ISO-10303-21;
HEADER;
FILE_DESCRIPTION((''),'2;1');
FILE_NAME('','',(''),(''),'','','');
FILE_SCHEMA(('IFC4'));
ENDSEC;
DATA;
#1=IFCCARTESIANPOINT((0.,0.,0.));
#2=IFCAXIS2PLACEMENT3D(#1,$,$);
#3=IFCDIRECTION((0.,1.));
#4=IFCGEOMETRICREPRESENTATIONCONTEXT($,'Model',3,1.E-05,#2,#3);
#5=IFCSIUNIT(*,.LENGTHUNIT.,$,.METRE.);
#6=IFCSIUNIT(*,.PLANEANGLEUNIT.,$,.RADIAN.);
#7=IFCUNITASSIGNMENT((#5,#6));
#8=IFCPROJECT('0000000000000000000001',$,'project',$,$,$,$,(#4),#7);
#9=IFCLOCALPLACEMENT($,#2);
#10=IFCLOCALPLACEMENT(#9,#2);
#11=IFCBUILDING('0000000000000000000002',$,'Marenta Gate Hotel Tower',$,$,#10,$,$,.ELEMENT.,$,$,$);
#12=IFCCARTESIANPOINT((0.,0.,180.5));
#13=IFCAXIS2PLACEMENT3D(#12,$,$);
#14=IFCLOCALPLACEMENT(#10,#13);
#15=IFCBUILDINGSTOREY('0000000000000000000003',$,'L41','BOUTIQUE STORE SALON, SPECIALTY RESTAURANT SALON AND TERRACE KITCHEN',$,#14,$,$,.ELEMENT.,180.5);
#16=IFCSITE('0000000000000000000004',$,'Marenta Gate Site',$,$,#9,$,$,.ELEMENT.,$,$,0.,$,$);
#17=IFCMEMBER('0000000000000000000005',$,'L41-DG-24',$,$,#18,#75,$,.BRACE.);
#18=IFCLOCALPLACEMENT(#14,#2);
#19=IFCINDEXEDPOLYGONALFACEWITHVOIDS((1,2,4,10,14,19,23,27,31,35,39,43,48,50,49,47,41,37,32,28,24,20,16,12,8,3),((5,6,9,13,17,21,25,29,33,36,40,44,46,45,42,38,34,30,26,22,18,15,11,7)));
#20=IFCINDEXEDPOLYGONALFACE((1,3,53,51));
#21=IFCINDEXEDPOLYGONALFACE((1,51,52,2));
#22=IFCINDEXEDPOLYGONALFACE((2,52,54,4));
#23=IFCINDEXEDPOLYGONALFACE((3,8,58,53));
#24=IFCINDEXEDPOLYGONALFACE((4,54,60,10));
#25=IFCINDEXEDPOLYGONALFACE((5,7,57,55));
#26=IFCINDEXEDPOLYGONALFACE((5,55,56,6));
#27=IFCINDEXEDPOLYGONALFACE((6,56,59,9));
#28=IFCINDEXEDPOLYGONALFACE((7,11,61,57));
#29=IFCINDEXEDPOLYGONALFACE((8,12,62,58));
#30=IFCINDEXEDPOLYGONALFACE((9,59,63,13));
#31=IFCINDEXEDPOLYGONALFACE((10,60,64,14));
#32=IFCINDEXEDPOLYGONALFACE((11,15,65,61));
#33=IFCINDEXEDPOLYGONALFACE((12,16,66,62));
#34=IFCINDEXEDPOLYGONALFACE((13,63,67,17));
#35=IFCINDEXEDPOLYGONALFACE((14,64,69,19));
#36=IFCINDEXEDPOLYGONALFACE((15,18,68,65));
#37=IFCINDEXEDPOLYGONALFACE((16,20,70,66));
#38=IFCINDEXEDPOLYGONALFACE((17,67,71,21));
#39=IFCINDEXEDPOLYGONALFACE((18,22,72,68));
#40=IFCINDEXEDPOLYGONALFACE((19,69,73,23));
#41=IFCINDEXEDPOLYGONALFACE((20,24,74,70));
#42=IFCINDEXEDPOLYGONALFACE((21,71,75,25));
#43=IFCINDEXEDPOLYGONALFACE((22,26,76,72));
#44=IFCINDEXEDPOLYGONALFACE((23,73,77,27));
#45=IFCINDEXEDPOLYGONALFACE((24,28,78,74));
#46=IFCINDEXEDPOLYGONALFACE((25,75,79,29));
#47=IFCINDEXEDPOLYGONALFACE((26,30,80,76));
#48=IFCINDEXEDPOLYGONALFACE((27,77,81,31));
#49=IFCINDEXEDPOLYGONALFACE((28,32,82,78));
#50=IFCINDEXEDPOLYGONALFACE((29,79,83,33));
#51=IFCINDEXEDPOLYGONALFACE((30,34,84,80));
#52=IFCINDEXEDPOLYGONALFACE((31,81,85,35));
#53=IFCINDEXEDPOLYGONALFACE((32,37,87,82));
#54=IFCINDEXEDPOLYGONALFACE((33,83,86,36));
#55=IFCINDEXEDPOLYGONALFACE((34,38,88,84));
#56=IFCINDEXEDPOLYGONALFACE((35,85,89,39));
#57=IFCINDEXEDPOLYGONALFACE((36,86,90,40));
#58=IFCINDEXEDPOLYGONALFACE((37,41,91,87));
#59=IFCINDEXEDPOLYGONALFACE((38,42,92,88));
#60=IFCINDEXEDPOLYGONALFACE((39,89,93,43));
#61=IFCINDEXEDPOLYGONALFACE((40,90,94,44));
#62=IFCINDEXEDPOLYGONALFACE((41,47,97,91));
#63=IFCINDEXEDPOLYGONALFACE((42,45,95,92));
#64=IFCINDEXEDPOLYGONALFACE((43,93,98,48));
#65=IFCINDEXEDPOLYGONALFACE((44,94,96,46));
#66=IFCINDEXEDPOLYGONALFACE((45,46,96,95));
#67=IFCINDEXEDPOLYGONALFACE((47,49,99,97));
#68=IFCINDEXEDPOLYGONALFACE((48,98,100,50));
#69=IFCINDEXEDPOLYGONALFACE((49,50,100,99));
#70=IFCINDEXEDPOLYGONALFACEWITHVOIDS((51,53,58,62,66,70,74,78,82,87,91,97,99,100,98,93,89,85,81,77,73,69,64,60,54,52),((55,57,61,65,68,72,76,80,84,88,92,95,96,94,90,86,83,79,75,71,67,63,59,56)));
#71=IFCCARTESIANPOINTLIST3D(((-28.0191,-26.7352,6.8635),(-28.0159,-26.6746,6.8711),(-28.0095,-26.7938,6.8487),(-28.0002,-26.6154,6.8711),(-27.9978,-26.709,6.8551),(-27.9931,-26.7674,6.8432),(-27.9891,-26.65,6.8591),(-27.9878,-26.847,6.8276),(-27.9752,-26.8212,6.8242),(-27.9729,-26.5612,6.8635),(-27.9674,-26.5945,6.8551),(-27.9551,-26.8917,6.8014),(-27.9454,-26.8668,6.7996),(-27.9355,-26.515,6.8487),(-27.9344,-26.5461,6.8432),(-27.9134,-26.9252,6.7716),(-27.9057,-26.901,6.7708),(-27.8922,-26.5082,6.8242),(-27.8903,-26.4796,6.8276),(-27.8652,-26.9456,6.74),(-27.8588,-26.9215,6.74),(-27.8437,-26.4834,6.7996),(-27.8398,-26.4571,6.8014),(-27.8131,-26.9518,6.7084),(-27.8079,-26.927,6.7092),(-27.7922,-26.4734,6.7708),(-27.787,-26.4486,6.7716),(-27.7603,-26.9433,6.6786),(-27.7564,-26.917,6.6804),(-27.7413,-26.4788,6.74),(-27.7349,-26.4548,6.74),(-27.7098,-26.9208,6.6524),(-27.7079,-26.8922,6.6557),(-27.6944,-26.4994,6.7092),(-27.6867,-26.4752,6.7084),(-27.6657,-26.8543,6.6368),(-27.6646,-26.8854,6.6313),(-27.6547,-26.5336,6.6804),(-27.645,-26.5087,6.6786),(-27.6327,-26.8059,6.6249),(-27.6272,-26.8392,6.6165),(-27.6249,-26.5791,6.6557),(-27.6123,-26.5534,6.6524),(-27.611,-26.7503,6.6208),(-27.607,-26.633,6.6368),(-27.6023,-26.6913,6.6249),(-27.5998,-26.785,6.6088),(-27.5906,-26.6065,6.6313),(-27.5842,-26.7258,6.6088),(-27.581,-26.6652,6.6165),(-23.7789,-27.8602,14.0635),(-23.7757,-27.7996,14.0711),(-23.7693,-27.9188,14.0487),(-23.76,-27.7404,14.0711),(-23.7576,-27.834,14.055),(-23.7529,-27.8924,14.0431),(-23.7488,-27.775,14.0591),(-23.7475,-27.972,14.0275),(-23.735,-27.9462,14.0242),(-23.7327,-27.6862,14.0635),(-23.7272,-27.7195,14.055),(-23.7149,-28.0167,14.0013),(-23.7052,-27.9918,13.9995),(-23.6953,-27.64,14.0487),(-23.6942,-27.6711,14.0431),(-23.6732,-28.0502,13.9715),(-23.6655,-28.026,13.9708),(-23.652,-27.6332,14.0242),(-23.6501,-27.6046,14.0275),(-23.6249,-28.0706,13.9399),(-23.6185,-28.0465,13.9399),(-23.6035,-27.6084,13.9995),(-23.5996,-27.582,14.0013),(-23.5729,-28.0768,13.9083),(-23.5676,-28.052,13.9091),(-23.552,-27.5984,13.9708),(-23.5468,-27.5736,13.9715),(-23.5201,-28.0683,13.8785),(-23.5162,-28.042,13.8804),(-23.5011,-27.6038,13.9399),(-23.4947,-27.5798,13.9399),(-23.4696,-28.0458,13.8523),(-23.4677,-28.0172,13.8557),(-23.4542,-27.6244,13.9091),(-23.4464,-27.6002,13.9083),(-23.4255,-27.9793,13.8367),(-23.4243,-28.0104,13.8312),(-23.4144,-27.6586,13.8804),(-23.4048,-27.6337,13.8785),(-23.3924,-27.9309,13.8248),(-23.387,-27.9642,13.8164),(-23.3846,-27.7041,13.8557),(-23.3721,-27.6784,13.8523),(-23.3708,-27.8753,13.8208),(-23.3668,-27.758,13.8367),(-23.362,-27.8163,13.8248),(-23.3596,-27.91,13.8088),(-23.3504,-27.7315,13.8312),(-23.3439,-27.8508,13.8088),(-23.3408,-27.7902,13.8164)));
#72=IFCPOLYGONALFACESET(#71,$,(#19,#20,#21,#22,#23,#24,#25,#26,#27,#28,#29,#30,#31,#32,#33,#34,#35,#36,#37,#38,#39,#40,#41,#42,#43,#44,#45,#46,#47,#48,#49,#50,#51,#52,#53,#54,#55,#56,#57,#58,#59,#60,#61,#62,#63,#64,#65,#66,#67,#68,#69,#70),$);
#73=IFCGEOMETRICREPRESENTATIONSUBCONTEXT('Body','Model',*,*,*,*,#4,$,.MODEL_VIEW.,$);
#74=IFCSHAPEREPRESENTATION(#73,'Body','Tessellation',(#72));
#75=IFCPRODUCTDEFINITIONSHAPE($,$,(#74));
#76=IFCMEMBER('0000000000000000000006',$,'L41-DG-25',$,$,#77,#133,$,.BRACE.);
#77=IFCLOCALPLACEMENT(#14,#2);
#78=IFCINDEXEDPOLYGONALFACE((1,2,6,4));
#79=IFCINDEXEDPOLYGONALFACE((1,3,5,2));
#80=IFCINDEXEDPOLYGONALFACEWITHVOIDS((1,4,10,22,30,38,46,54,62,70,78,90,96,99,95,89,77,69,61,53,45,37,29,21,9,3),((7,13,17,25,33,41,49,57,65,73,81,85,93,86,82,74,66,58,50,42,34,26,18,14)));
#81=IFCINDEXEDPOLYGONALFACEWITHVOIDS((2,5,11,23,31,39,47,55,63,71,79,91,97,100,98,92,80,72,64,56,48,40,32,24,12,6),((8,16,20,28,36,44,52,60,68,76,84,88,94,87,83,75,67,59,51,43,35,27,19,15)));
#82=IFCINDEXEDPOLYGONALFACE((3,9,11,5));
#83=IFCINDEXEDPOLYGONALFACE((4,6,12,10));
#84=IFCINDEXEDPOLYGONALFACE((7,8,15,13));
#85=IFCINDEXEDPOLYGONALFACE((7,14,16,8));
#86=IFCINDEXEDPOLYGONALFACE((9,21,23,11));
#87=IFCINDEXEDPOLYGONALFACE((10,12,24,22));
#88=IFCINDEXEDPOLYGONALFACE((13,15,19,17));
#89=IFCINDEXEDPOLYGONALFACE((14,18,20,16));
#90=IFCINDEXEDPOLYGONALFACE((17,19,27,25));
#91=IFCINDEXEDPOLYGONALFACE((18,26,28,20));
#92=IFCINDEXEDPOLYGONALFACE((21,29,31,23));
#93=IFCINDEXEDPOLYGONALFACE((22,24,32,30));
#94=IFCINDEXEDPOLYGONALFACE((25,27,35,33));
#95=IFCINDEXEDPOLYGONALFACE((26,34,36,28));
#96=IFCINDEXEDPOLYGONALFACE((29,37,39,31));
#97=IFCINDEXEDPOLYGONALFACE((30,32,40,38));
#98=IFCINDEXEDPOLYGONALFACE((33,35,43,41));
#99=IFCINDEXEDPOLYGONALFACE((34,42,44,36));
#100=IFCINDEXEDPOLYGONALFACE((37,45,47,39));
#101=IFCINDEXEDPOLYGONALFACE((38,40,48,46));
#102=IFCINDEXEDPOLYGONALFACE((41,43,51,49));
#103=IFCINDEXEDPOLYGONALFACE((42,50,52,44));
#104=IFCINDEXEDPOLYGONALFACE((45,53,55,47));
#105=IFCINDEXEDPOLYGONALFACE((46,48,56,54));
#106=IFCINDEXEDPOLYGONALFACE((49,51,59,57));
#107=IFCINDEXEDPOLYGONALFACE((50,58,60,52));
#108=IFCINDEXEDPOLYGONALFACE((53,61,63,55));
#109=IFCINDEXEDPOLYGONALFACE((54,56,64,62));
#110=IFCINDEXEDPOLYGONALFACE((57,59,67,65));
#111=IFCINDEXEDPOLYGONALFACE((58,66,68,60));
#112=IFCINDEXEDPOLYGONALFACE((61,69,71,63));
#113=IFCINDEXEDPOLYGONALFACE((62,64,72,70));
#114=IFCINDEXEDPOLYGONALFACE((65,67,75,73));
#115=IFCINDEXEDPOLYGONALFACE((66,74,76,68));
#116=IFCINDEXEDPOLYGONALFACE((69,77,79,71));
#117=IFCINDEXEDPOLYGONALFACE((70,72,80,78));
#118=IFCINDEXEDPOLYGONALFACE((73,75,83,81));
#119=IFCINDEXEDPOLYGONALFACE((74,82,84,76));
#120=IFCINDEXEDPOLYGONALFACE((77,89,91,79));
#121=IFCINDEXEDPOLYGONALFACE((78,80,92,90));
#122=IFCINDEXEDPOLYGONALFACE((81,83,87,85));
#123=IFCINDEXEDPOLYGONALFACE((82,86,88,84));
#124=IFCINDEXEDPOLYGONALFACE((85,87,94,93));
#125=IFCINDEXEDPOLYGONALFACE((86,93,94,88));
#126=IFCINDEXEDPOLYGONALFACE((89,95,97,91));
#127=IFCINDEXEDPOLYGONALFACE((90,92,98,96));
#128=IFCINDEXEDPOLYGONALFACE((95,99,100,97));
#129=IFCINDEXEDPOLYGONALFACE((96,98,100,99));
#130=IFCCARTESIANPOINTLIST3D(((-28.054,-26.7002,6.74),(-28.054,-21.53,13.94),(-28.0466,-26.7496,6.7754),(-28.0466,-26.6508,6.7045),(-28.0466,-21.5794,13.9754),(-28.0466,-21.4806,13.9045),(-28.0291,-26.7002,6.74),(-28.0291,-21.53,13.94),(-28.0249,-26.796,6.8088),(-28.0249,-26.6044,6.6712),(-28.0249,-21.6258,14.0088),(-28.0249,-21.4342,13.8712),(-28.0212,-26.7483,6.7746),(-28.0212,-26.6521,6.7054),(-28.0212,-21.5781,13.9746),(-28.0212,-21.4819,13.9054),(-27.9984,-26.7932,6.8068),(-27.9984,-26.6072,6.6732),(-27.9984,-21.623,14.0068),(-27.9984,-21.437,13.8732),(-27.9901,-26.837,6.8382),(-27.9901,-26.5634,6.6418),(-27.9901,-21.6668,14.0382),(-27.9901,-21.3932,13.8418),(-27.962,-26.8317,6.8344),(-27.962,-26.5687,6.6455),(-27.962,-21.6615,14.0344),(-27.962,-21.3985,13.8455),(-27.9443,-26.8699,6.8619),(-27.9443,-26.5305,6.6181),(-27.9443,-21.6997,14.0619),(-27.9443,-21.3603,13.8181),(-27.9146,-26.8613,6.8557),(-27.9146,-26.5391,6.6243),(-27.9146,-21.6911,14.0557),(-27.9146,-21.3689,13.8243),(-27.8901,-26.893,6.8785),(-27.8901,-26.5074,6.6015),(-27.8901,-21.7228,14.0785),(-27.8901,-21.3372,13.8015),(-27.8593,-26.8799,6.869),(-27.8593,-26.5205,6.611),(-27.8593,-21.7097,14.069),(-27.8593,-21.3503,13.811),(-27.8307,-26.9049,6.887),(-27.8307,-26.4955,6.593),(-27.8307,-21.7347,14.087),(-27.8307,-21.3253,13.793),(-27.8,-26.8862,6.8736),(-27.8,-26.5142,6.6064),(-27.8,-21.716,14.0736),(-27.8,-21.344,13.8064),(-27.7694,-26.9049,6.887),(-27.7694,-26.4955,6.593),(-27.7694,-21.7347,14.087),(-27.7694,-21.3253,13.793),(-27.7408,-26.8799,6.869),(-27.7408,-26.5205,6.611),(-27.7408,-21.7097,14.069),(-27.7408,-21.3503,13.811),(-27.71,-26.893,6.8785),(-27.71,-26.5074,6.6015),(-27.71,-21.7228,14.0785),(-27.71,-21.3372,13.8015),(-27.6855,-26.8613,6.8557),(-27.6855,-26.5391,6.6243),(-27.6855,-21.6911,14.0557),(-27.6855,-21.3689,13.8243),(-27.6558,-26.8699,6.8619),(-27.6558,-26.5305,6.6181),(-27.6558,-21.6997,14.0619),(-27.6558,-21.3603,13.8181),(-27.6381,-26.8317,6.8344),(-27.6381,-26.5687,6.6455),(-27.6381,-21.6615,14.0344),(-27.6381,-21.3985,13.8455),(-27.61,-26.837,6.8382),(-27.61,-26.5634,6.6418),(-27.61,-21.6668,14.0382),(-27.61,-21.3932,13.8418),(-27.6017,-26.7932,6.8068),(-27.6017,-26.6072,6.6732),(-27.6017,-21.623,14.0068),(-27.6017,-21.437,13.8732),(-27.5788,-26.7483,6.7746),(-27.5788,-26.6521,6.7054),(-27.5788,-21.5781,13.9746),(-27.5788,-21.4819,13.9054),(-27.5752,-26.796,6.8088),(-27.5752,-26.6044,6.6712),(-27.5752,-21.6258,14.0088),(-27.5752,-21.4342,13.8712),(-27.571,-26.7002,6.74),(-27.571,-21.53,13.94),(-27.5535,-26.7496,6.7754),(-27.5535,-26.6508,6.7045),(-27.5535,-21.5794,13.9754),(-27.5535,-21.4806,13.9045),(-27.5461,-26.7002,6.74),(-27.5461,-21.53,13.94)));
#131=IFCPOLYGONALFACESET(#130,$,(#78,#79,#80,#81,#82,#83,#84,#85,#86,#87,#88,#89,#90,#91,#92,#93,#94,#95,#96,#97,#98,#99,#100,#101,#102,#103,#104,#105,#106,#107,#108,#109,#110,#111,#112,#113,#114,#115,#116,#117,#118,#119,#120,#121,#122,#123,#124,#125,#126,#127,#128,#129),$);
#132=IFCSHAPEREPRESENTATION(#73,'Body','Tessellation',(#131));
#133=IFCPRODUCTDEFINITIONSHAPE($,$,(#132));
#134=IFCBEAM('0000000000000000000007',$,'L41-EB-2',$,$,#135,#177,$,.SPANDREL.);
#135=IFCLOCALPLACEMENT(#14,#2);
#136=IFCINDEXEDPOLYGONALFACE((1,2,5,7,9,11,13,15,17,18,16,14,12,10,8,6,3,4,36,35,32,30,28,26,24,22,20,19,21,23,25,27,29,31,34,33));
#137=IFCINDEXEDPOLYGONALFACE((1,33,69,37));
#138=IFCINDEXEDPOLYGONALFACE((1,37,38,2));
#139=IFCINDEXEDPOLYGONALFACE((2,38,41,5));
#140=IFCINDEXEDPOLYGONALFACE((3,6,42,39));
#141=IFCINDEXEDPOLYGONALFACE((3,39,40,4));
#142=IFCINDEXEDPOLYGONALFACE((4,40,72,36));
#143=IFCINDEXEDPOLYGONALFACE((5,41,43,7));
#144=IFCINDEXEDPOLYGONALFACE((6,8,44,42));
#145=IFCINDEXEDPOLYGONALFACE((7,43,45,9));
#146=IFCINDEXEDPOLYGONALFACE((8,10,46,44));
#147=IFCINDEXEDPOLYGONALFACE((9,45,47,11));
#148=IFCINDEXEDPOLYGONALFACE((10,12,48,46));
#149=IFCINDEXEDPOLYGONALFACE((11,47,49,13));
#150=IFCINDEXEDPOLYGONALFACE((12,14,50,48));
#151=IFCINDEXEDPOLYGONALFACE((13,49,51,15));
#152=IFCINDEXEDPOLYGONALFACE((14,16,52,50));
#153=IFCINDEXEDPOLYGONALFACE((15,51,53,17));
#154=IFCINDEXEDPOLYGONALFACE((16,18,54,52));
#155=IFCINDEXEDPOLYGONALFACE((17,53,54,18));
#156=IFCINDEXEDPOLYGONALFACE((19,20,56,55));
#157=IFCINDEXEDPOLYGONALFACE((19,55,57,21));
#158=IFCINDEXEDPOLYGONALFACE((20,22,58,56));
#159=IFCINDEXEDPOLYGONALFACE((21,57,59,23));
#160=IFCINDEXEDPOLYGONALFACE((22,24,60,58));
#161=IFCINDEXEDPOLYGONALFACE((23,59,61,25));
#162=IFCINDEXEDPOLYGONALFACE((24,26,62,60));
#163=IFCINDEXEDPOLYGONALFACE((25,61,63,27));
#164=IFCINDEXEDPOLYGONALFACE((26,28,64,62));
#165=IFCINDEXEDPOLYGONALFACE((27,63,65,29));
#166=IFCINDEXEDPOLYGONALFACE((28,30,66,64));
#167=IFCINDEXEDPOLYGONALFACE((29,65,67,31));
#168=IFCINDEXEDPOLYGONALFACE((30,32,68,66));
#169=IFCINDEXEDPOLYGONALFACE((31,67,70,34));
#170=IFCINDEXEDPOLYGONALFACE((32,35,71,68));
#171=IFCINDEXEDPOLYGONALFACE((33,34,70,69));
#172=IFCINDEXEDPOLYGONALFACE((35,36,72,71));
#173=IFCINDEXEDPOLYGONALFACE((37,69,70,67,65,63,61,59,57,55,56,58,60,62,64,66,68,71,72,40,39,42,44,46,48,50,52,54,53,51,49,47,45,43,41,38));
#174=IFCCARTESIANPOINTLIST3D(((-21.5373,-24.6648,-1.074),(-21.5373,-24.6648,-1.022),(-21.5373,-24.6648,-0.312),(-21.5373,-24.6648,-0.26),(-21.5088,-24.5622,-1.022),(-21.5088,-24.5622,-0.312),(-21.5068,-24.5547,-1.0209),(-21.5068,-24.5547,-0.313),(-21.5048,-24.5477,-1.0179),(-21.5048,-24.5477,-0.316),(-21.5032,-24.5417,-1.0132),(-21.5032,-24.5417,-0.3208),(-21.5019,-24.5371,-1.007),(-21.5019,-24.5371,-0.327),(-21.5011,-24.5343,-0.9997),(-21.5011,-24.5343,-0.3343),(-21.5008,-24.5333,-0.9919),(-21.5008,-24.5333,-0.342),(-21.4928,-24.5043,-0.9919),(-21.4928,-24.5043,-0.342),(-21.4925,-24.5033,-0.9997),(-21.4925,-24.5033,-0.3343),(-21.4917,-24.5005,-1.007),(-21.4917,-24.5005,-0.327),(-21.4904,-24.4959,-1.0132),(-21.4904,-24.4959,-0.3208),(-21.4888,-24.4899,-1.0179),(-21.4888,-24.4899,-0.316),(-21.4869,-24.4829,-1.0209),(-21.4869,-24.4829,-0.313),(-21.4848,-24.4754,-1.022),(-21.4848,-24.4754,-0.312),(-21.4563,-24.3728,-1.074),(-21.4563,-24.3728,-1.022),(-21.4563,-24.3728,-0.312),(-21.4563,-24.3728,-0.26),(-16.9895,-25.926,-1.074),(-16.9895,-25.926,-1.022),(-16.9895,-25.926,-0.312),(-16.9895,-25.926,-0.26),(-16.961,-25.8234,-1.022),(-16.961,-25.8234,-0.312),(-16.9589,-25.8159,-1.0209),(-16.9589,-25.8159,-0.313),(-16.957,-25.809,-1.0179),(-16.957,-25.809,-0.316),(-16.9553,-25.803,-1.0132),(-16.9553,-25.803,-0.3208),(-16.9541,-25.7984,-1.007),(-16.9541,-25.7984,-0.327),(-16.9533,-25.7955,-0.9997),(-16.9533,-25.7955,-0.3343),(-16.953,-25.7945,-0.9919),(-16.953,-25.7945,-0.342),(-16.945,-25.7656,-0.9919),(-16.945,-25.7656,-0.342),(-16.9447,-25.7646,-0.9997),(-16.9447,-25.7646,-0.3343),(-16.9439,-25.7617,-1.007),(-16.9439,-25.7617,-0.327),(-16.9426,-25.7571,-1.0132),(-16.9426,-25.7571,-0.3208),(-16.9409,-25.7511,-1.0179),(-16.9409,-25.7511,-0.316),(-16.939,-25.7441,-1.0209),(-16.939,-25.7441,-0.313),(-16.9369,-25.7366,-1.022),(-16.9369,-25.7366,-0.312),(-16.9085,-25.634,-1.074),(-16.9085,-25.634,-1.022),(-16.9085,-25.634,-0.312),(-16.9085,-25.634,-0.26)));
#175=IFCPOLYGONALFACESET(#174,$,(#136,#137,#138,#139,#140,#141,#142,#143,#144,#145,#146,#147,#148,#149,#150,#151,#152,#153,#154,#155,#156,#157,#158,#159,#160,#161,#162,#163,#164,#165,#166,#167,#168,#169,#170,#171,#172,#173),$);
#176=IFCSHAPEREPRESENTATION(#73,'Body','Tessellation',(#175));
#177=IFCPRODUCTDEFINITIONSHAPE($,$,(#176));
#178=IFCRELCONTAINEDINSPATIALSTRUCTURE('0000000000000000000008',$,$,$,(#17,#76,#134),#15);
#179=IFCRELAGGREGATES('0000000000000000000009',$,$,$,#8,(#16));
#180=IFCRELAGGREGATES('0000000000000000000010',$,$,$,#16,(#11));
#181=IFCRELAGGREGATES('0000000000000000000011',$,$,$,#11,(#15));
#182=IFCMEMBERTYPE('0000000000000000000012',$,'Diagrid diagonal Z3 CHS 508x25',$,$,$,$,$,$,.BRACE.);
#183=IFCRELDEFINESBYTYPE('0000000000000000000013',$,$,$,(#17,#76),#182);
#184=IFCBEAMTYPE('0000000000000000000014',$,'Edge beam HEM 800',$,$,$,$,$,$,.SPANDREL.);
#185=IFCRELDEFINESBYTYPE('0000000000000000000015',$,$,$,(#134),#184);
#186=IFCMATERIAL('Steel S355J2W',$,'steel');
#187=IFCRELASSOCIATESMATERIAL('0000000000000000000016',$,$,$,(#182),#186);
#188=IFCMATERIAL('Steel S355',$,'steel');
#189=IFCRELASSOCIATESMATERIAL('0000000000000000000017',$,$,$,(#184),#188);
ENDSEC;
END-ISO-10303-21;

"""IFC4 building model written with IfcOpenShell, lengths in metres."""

from ifc_helpers import new_model, si_unit, direction, frame, origin, origin_2d, place, context, subcontext, project, spatial, hollow_circle, i_section, extrude, material, material_profile, profile_set, type_object, element, save


model = new_model("IFC4")

# Units and contexts
model_context = context("Model", 3, precision=1e-05, world=origin(), true_north=direction((0.0, 1.0)))
body_context = subcontext(model_context, "Body", "Model", "MODEL_VIEW")
ifc_project = project(units=[si_unit("LENGTHUNIT", "METRE"), si_unit("PLANEANGLEUNIT", "RADIAN")], contexts=[model_context])

# Site, building, storey
site_placement = place(None, origin())
site = spatial("IfcSite", under=ifc_project, at=site_placement, Name="Marenta Gate Site", CompositionType="ELEMENT", RefElevation=0.0)
building_placement = place(site_placement, origin())
building = spatial("IfcBuilding", under=site, at=building_placement, Name="Marenta Gate Hotel Tower", CompositionType="ELEMENT")
storey_placement = place(building_placement, frame((0.0, 0.0, 180.5)))
storey = spatial("IfcBuildingStorey", under=building, at=storey_placement, Name="L41", Description="BOUTIQUE STORE SALON, SPECIALTY RESTAURANT SALON AND TERRACE KITCHEN", CompositionType="ELEMENT", Elevation=180.5)

# Members
ifc_material_1 = material(Name="Steel S355J2W", Category="steel")
ifc_material_profile_1 = material_profile(ifc_material_1, hollow_circle(Radius=0.2539, WallThickness=0.0249, at=origin_2d()), Name="CHS 508x25")
ifc_profile_set_1 = profile_set([ifc_material_profile_1], Name="Steel S355J2W")
member_type_1 = type_object("IfcMemberType", Name="Diagrid diagonal Z3 CHS 508x25", PredefinedType="BRACE", material=ifc_profile_set_1)
for number, where, z_axis, x_axis, name in (
    (1, (-27.8, -26.7002, 6.74), (0.502924, -0.133434, 0.853969), (0.256443, 0.966559, 0.0), "L41-DG-24"),
):
    element("IfcMember", number, at=place(storey_placement, frame(where, z_axis=z_axis, x_axis=x_axis)), inside=storey, type_object=member_type_1, Name=name, PredefinedType="BRACE", context=body_context, shape_type="SweptSolid", body=[
        extrude(hollow_circle(Radius=0.2539, WallThickness=0.0249, at=origin_2d()), origin(), (0.0, 0.0, 1.0), 8.4312),
    ])
member_1_placement = place(storey_placement, frame((-27.8, -26.7002, 6.74), z_axis=(0.0, 0.583279, 0.812272), x_axis=(-1.0, 0.0, 0.0)))
element("IfcMember", 2, at=member_1_placement, inside=storey, type_object=member_type_1, Name="L41-DG-25", PredefinedType="BRACE", context=body_context, shape_type="SweptSolid", body=[
    extrude(hollow_circle(Radius=0.2539, WallThickness=0.0249, at=origin_2d()), origin(), (0.0, 0.0, 1.0), 8.864),
])

# Beam
ifc_material_2 = material(Name="Steel S355", Category="steel")
ifc_material_profile_2 = material_profile(ifc_material_2, i_section(OverallWidth=0.303, OverallDepth=0.814, WebThickness=0.03, FlangeThickness=0.052, FilletRadius=0.03, at=origin_2d()), Name="HEM 800")
ifc_profile_set_2 = profile_set([ifc_material_profile_2], Name="Steel S355")
beam_type_1 = type_object("IfcBeamType", Name="Edge beam HEM 800", PredefinedType="SPANDREL", material=ifc_profile_set_2)
beam_1_placement = place(storey_placement, frame((-16.949, -25.78, -0.667), z_axis=(-0.96363, 0.267238, 0.0), x_axis=(-0.267238, -0.96363, 0.0)))
element("IfcBeam", 3, at=beam_1_placement, inside=storey, type_object=beam_type_1, Name="L41-EB-2", PredefinedType="SPANDREL", context=body_context, shape_type="SweptSolid", body=[
    extrude(i_section(OverallWidth=0.303, OverallDepth=0.814, WebThickness=0.03, FlangeThickness=0.052, FilletRadius=0.03, at=origin_2d()), origin(), (0.0, 0.0, 1.0), 4.7195),
])

save(model, "model.ifc")
